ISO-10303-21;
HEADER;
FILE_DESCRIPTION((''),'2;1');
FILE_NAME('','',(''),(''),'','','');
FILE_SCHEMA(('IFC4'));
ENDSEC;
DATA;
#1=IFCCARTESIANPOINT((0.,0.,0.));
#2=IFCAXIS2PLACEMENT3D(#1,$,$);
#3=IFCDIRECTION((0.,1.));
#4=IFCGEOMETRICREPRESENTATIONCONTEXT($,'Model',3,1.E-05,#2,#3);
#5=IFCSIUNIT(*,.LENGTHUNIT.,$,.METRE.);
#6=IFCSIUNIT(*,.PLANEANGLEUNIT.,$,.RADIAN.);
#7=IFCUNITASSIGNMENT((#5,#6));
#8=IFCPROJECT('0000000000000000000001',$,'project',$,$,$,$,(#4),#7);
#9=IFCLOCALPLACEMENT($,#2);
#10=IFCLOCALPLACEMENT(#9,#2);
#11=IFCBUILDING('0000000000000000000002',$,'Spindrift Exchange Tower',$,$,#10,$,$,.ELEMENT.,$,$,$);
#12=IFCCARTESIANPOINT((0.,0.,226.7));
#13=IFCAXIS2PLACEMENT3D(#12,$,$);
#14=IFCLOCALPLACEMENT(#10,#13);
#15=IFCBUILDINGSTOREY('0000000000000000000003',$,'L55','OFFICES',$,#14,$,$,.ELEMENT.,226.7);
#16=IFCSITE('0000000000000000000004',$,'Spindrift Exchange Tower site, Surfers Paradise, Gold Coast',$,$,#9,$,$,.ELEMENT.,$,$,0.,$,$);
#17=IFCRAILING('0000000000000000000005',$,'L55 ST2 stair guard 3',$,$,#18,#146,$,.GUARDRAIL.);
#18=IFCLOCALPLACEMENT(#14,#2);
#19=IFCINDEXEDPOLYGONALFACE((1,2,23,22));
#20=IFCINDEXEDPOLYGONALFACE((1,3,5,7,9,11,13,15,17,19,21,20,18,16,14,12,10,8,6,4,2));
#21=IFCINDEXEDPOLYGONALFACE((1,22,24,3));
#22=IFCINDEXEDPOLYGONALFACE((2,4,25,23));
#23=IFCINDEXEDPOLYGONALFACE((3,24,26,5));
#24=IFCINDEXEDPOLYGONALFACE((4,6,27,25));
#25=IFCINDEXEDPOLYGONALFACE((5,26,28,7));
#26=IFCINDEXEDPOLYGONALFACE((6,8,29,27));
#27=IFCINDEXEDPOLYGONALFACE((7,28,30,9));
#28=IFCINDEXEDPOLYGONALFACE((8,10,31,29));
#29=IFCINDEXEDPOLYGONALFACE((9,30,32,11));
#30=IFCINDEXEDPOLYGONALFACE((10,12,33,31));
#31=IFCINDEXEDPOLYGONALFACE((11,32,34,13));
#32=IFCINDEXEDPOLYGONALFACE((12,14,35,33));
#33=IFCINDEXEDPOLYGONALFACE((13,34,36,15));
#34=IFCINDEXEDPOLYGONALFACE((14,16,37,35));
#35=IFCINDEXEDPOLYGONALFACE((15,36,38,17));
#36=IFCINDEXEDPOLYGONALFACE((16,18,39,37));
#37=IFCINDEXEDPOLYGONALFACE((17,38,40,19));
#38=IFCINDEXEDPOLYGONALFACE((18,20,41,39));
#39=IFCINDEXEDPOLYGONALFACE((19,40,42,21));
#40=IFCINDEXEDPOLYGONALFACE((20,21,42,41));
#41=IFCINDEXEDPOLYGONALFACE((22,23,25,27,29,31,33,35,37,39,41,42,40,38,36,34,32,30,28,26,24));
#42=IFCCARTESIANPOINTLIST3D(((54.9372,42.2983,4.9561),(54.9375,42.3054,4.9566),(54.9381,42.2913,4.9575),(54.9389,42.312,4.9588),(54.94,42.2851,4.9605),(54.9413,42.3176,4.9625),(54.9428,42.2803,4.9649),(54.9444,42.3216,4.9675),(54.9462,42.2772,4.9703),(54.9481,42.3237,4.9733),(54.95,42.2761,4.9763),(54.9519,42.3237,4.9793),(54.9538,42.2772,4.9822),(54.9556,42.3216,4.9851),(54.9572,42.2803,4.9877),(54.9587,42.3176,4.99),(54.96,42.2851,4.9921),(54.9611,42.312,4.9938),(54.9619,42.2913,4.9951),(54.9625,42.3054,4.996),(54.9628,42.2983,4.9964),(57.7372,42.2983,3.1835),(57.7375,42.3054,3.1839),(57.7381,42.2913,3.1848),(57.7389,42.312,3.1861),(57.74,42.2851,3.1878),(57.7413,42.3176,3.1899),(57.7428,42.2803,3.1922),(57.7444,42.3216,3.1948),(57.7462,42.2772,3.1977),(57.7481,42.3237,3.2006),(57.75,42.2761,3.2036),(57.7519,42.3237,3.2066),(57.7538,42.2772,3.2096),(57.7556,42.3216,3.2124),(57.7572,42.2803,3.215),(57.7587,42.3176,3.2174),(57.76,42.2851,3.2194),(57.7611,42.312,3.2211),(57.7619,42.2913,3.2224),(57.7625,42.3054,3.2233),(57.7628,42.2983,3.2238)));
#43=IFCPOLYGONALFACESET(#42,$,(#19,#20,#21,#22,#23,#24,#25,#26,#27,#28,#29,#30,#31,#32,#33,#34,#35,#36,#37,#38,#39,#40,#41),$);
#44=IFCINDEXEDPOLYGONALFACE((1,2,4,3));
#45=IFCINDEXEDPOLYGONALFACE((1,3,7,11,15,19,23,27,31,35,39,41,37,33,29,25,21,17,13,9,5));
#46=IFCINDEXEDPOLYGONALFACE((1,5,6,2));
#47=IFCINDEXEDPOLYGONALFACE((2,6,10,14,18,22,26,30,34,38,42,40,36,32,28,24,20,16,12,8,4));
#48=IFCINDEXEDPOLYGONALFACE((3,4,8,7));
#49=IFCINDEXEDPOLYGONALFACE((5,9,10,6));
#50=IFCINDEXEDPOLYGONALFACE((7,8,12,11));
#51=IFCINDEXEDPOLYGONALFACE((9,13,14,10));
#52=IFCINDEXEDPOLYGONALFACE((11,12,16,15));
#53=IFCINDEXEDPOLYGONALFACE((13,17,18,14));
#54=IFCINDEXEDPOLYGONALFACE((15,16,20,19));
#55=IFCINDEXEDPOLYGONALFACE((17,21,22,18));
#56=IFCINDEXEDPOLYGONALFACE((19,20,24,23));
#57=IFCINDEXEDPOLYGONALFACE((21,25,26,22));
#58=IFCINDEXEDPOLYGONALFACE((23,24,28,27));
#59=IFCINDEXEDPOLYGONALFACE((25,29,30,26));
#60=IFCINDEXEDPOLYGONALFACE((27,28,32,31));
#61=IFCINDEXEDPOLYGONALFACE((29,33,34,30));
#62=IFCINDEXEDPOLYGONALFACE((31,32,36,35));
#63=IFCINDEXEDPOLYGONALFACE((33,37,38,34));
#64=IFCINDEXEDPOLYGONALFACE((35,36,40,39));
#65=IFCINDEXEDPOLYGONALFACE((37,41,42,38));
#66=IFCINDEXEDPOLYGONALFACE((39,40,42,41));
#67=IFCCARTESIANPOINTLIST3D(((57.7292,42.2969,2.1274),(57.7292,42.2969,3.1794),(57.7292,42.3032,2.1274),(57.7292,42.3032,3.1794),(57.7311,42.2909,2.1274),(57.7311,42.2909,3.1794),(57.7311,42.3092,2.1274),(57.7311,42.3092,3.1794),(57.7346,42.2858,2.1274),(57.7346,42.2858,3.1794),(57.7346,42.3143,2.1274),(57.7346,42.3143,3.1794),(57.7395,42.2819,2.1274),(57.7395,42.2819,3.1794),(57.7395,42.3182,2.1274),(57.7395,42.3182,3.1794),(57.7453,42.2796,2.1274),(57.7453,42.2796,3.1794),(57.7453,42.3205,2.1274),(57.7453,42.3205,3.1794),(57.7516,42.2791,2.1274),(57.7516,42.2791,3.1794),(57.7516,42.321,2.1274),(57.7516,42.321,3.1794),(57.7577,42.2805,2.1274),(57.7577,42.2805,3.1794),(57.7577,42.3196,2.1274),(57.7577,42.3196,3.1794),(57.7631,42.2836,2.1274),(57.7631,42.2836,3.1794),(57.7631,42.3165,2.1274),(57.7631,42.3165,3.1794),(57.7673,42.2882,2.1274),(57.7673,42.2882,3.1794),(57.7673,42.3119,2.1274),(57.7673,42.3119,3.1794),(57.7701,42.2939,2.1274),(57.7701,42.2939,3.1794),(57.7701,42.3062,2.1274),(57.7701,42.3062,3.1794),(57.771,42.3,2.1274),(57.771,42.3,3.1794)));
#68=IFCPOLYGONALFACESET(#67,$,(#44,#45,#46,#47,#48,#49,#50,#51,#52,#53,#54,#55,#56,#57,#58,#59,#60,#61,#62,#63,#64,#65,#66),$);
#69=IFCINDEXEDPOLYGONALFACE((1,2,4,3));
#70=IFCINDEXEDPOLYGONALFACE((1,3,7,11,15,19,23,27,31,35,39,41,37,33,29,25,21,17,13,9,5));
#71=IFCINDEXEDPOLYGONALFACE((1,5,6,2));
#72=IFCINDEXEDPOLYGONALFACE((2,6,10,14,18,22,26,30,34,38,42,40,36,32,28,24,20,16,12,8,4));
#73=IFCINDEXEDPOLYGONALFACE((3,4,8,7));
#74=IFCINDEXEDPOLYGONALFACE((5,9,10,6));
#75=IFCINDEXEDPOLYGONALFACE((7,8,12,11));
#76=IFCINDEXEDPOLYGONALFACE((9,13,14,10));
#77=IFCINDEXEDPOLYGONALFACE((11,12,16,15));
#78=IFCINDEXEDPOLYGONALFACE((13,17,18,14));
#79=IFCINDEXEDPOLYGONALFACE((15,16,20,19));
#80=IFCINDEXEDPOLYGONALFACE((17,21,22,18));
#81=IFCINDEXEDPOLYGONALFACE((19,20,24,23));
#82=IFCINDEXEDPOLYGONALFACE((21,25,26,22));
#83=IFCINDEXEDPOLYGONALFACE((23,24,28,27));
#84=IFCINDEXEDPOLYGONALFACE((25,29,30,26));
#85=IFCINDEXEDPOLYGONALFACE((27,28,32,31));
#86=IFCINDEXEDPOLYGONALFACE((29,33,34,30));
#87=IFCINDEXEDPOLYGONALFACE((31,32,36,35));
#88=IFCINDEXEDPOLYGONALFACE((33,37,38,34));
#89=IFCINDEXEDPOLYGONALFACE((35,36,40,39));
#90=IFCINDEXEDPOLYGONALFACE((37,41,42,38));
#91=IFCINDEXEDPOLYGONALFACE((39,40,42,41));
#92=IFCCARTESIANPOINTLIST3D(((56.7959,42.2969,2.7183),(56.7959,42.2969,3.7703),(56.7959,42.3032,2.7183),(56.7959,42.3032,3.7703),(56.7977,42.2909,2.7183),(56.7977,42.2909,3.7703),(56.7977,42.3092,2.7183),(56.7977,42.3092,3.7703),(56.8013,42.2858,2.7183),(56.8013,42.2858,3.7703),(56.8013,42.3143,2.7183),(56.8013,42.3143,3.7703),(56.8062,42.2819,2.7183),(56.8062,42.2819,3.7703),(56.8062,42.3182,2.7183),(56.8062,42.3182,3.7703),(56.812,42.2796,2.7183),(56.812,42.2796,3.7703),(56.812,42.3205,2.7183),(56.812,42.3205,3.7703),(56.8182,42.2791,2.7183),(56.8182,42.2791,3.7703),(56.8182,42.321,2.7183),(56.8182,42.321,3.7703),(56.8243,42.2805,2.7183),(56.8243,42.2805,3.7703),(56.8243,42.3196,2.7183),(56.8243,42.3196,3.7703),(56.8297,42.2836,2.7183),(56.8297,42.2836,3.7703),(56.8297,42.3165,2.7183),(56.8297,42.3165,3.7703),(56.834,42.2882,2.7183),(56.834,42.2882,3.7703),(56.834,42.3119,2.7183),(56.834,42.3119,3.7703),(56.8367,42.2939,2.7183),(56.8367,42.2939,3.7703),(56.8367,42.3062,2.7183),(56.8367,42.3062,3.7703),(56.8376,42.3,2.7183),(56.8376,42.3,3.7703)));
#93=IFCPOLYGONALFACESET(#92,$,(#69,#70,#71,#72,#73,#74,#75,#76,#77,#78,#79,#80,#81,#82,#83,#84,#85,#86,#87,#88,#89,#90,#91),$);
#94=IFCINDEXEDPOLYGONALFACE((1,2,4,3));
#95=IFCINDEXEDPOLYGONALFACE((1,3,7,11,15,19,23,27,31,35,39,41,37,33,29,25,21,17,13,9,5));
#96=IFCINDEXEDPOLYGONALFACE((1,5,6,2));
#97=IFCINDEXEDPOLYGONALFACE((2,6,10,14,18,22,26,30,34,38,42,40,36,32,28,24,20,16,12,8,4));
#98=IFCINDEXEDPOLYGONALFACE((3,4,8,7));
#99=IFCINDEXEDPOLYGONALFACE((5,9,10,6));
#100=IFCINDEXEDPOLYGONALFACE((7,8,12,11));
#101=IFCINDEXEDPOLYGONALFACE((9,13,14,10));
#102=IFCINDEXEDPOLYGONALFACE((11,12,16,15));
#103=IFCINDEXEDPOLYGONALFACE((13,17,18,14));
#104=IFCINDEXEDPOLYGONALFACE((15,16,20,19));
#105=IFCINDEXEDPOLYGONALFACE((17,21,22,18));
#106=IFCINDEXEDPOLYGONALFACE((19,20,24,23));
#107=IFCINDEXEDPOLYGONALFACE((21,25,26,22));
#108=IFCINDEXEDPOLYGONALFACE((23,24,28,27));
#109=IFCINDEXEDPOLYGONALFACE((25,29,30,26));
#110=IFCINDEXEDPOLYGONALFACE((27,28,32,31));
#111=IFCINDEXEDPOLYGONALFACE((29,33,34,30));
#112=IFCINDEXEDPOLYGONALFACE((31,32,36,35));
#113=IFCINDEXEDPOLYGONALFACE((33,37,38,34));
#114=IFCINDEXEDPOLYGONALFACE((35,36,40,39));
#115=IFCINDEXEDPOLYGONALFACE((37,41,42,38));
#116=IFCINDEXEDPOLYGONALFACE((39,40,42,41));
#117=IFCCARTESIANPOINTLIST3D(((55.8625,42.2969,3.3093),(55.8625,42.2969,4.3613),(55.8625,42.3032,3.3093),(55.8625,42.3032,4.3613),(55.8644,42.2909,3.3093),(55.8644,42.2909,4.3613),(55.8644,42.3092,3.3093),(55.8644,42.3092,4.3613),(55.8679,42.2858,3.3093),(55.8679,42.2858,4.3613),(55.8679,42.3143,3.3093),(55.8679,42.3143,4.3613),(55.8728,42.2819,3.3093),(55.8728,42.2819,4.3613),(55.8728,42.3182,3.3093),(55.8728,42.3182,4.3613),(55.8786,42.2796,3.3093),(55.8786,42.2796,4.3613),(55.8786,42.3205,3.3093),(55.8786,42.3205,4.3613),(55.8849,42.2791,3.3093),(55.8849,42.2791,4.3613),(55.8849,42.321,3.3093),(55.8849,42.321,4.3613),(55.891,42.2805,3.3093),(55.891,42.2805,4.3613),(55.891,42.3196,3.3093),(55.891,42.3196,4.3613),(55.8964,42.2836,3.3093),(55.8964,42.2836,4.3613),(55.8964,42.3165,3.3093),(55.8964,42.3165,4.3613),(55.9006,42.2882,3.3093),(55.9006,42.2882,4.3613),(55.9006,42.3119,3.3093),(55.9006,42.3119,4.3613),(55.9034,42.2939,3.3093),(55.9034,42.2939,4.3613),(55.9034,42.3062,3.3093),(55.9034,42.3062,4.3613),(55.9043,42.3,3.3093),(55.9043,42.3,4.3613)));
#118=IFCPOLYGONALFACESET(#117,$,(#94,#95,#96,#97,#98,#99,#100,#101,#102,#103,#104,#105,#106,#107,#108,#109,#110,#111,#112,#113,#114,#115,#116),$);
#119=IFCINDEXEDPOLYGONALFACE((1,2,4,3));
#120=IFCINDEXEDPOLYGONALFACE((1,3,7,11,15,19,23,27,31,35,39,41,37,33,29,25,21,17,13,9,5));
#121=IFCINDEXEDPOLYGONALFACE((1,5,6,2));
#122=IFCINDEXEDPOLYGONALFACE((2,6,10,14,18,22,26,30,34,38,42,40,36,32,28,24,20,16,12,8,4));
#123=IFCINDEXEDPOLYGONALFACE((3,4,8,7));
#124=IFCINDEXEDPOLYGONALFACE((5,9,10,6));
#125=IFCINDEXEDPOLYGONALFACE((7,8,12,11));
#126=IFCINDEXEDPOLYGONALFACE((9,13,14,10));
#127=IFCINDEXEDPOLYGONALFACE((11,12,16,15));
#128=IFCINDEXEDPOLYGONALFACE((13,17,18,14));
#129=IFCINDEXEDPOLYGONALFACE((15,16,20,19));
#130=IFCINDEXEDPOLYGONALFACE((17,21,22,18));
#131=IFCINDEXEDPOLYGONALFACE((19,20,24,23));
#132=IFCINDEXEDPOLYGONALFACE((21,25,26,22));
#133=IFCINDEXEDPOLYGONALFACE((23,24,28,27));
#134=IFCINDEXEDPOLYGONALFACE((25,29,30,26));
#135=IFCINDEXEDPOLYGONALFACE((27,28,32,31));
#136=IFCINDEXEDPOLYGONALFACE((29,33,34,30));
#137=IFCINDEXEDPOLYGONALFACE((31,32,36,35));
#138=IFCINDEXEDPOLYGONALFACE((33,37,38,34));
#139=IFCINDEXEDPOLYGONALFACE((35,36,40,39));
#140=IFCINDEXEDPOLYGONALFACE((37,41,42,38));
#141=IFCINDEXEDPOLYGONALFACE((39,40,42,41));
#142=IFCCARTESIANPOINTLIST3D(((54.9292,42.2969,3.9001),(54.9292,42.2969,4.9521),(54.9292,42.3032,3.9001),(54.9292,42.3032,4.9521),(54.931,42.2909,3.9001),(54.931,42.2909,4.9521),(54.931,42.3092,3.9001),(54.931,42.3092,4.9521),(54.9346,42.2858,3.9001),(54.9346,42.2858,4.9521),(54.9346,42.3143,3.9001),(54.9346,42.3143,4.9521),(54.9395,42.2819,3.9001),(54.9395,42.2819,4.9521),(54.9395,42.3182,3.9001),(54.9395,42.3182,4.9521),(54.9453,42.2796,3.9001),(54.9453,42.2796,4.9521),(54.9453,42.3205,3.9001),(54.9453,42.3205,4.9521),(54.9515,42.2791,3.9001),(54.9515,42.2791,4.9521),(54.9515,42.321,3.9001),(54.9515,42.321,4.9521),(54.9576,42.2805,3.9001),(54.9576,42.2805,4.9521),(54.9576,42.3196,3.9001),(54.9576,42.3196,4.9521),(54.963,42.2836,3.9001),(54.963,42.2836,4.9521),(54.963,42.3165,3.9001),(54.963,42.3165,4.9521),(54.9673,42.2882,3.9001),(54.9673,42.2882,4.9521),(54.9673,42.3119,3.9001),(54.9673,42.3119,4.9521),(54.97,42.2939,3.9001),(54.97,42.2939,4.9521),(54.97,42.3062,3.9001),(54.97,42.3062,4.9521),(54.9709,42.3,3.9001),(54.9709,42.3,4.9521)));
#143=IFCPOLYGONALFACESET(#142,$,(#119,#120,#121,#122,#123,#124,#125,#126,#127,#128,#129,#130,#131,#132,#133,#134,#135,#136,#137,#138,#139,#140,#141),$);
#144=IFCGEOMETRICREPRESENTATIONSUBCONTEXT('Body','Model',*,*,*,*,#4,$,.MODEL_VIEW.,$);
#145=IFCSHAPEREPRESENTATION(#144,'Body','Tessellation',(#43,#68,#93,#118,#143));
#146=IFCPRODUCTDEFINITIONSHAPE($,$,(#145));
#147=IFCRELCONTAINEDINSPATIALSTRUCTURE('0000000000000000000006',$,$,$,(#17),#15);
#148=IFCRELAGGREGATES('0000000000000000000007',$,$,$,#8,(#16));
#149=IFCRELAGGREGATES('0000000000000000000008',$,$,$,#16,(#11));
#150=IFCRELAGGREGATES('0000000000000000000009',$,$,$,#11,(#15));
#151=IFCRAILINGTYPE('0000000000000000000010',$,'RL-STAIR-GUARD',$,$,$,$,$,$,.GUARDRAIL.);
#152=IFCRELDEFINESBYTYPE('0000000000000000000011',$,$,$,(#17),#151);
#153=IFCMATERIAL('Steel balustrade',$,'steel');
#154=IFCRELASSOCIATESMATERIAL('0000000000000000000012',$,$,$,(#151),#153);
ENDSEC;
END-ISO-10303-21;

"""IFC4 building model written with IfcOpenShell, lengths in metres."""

from ifc_helpers import new_model, si_unit, direction, frame, origin, origin_2d, place, context, subcontext, project, spatial, circle, extrude, material, type_object, element, save


model = new_model("IFC4")

# Units and contexts
model_context = context("Model", 3, precision=1e-05, world=origin(), true_north=direction((0.0, 1.0)))
body_context = subcontext(model_context, "Body", "Model", "MODEL_VIEW")
ifc_project = project(units=[si_unit("LENGTHUNIT", "METRE"), si_unit("PLANEANGLEUNIT", "RADIAN")], contexts=[model_context])

# Site, building, storey
site_placement = place(None, origin())
site = spatial("IfcSite", under=ifc_project, at=site_placement, Name="Spindrift Exchange Tower site, Surfers Paradise, Gold Coast", CompositionType="ELEMENT", RefElevation=0.0)
building_placement = place(site_placement, origin())
building = spatial("IfcBuilding", under=site, at=building_placement, Name="Spindrift Exchange Tower", CompositionType="ELEMENT")
storey_placement = place(building_placement, frame((0.0, 0.0, 226.7)))
storey = spatial("IfcBuildingStorey", under=building, at=storey_placement, Name="L55", Description="OFFICES", CompositionType="ELEMENT", Elevation=226.7)

# Railing
ifc_material_1 = material(Name="Steel balustrade", Category="steel")
railing_type_1 = type_object("IfcRailingType", Name="RL-STAIR-GUARD", PredefinedType="GUARDRAIL", material=ifc_material_1)
railing_1_placement = place(storey_placement, frame((57.75, 42.3, 2.1274)))
element("IfcRailing", 1, at=railing_1_placement, inside=storey, type_object=railing_type_1, Name="L55 ST2 stair guard 3", PredefinedType="GUARDRAIL", context=body_context, shape_type="SweptSolid", body=[
    extrude(circle(Radius=0.0239, at=origin_2d()), frame((0.0, 0.0, 1.0762), z_axis=(-0.844909, 0.0, 0.53491), x_axis=(0.0, -1.0, 0.0)), (0.0, 0.0, 1.0), 3.314),
    extrude(circle(Radius=0.021, at=origin_2d()), origin(), (0.0, 0.0, 1.0), 1.052),
    extrude(circle(Radius=0.021, at=origin_2d()), frame((-0.9333, 0.0, 0.5908)), (0.0, 0.0, 1.0), 1.052),
    extrude(circle(Radius=0.021, at=origin_2d()), frame((-1.8667, 0.0, 1.1819)), (0.0, 0.0, 1.0), 1.052),
    extrude(circle(Radius=0.021, at=origin_2d()), frame((-2.8, 0.0, 1.7727)), (0.0, 0.0, 1.0), 1.052),
])

save(model, "model.ifc")
